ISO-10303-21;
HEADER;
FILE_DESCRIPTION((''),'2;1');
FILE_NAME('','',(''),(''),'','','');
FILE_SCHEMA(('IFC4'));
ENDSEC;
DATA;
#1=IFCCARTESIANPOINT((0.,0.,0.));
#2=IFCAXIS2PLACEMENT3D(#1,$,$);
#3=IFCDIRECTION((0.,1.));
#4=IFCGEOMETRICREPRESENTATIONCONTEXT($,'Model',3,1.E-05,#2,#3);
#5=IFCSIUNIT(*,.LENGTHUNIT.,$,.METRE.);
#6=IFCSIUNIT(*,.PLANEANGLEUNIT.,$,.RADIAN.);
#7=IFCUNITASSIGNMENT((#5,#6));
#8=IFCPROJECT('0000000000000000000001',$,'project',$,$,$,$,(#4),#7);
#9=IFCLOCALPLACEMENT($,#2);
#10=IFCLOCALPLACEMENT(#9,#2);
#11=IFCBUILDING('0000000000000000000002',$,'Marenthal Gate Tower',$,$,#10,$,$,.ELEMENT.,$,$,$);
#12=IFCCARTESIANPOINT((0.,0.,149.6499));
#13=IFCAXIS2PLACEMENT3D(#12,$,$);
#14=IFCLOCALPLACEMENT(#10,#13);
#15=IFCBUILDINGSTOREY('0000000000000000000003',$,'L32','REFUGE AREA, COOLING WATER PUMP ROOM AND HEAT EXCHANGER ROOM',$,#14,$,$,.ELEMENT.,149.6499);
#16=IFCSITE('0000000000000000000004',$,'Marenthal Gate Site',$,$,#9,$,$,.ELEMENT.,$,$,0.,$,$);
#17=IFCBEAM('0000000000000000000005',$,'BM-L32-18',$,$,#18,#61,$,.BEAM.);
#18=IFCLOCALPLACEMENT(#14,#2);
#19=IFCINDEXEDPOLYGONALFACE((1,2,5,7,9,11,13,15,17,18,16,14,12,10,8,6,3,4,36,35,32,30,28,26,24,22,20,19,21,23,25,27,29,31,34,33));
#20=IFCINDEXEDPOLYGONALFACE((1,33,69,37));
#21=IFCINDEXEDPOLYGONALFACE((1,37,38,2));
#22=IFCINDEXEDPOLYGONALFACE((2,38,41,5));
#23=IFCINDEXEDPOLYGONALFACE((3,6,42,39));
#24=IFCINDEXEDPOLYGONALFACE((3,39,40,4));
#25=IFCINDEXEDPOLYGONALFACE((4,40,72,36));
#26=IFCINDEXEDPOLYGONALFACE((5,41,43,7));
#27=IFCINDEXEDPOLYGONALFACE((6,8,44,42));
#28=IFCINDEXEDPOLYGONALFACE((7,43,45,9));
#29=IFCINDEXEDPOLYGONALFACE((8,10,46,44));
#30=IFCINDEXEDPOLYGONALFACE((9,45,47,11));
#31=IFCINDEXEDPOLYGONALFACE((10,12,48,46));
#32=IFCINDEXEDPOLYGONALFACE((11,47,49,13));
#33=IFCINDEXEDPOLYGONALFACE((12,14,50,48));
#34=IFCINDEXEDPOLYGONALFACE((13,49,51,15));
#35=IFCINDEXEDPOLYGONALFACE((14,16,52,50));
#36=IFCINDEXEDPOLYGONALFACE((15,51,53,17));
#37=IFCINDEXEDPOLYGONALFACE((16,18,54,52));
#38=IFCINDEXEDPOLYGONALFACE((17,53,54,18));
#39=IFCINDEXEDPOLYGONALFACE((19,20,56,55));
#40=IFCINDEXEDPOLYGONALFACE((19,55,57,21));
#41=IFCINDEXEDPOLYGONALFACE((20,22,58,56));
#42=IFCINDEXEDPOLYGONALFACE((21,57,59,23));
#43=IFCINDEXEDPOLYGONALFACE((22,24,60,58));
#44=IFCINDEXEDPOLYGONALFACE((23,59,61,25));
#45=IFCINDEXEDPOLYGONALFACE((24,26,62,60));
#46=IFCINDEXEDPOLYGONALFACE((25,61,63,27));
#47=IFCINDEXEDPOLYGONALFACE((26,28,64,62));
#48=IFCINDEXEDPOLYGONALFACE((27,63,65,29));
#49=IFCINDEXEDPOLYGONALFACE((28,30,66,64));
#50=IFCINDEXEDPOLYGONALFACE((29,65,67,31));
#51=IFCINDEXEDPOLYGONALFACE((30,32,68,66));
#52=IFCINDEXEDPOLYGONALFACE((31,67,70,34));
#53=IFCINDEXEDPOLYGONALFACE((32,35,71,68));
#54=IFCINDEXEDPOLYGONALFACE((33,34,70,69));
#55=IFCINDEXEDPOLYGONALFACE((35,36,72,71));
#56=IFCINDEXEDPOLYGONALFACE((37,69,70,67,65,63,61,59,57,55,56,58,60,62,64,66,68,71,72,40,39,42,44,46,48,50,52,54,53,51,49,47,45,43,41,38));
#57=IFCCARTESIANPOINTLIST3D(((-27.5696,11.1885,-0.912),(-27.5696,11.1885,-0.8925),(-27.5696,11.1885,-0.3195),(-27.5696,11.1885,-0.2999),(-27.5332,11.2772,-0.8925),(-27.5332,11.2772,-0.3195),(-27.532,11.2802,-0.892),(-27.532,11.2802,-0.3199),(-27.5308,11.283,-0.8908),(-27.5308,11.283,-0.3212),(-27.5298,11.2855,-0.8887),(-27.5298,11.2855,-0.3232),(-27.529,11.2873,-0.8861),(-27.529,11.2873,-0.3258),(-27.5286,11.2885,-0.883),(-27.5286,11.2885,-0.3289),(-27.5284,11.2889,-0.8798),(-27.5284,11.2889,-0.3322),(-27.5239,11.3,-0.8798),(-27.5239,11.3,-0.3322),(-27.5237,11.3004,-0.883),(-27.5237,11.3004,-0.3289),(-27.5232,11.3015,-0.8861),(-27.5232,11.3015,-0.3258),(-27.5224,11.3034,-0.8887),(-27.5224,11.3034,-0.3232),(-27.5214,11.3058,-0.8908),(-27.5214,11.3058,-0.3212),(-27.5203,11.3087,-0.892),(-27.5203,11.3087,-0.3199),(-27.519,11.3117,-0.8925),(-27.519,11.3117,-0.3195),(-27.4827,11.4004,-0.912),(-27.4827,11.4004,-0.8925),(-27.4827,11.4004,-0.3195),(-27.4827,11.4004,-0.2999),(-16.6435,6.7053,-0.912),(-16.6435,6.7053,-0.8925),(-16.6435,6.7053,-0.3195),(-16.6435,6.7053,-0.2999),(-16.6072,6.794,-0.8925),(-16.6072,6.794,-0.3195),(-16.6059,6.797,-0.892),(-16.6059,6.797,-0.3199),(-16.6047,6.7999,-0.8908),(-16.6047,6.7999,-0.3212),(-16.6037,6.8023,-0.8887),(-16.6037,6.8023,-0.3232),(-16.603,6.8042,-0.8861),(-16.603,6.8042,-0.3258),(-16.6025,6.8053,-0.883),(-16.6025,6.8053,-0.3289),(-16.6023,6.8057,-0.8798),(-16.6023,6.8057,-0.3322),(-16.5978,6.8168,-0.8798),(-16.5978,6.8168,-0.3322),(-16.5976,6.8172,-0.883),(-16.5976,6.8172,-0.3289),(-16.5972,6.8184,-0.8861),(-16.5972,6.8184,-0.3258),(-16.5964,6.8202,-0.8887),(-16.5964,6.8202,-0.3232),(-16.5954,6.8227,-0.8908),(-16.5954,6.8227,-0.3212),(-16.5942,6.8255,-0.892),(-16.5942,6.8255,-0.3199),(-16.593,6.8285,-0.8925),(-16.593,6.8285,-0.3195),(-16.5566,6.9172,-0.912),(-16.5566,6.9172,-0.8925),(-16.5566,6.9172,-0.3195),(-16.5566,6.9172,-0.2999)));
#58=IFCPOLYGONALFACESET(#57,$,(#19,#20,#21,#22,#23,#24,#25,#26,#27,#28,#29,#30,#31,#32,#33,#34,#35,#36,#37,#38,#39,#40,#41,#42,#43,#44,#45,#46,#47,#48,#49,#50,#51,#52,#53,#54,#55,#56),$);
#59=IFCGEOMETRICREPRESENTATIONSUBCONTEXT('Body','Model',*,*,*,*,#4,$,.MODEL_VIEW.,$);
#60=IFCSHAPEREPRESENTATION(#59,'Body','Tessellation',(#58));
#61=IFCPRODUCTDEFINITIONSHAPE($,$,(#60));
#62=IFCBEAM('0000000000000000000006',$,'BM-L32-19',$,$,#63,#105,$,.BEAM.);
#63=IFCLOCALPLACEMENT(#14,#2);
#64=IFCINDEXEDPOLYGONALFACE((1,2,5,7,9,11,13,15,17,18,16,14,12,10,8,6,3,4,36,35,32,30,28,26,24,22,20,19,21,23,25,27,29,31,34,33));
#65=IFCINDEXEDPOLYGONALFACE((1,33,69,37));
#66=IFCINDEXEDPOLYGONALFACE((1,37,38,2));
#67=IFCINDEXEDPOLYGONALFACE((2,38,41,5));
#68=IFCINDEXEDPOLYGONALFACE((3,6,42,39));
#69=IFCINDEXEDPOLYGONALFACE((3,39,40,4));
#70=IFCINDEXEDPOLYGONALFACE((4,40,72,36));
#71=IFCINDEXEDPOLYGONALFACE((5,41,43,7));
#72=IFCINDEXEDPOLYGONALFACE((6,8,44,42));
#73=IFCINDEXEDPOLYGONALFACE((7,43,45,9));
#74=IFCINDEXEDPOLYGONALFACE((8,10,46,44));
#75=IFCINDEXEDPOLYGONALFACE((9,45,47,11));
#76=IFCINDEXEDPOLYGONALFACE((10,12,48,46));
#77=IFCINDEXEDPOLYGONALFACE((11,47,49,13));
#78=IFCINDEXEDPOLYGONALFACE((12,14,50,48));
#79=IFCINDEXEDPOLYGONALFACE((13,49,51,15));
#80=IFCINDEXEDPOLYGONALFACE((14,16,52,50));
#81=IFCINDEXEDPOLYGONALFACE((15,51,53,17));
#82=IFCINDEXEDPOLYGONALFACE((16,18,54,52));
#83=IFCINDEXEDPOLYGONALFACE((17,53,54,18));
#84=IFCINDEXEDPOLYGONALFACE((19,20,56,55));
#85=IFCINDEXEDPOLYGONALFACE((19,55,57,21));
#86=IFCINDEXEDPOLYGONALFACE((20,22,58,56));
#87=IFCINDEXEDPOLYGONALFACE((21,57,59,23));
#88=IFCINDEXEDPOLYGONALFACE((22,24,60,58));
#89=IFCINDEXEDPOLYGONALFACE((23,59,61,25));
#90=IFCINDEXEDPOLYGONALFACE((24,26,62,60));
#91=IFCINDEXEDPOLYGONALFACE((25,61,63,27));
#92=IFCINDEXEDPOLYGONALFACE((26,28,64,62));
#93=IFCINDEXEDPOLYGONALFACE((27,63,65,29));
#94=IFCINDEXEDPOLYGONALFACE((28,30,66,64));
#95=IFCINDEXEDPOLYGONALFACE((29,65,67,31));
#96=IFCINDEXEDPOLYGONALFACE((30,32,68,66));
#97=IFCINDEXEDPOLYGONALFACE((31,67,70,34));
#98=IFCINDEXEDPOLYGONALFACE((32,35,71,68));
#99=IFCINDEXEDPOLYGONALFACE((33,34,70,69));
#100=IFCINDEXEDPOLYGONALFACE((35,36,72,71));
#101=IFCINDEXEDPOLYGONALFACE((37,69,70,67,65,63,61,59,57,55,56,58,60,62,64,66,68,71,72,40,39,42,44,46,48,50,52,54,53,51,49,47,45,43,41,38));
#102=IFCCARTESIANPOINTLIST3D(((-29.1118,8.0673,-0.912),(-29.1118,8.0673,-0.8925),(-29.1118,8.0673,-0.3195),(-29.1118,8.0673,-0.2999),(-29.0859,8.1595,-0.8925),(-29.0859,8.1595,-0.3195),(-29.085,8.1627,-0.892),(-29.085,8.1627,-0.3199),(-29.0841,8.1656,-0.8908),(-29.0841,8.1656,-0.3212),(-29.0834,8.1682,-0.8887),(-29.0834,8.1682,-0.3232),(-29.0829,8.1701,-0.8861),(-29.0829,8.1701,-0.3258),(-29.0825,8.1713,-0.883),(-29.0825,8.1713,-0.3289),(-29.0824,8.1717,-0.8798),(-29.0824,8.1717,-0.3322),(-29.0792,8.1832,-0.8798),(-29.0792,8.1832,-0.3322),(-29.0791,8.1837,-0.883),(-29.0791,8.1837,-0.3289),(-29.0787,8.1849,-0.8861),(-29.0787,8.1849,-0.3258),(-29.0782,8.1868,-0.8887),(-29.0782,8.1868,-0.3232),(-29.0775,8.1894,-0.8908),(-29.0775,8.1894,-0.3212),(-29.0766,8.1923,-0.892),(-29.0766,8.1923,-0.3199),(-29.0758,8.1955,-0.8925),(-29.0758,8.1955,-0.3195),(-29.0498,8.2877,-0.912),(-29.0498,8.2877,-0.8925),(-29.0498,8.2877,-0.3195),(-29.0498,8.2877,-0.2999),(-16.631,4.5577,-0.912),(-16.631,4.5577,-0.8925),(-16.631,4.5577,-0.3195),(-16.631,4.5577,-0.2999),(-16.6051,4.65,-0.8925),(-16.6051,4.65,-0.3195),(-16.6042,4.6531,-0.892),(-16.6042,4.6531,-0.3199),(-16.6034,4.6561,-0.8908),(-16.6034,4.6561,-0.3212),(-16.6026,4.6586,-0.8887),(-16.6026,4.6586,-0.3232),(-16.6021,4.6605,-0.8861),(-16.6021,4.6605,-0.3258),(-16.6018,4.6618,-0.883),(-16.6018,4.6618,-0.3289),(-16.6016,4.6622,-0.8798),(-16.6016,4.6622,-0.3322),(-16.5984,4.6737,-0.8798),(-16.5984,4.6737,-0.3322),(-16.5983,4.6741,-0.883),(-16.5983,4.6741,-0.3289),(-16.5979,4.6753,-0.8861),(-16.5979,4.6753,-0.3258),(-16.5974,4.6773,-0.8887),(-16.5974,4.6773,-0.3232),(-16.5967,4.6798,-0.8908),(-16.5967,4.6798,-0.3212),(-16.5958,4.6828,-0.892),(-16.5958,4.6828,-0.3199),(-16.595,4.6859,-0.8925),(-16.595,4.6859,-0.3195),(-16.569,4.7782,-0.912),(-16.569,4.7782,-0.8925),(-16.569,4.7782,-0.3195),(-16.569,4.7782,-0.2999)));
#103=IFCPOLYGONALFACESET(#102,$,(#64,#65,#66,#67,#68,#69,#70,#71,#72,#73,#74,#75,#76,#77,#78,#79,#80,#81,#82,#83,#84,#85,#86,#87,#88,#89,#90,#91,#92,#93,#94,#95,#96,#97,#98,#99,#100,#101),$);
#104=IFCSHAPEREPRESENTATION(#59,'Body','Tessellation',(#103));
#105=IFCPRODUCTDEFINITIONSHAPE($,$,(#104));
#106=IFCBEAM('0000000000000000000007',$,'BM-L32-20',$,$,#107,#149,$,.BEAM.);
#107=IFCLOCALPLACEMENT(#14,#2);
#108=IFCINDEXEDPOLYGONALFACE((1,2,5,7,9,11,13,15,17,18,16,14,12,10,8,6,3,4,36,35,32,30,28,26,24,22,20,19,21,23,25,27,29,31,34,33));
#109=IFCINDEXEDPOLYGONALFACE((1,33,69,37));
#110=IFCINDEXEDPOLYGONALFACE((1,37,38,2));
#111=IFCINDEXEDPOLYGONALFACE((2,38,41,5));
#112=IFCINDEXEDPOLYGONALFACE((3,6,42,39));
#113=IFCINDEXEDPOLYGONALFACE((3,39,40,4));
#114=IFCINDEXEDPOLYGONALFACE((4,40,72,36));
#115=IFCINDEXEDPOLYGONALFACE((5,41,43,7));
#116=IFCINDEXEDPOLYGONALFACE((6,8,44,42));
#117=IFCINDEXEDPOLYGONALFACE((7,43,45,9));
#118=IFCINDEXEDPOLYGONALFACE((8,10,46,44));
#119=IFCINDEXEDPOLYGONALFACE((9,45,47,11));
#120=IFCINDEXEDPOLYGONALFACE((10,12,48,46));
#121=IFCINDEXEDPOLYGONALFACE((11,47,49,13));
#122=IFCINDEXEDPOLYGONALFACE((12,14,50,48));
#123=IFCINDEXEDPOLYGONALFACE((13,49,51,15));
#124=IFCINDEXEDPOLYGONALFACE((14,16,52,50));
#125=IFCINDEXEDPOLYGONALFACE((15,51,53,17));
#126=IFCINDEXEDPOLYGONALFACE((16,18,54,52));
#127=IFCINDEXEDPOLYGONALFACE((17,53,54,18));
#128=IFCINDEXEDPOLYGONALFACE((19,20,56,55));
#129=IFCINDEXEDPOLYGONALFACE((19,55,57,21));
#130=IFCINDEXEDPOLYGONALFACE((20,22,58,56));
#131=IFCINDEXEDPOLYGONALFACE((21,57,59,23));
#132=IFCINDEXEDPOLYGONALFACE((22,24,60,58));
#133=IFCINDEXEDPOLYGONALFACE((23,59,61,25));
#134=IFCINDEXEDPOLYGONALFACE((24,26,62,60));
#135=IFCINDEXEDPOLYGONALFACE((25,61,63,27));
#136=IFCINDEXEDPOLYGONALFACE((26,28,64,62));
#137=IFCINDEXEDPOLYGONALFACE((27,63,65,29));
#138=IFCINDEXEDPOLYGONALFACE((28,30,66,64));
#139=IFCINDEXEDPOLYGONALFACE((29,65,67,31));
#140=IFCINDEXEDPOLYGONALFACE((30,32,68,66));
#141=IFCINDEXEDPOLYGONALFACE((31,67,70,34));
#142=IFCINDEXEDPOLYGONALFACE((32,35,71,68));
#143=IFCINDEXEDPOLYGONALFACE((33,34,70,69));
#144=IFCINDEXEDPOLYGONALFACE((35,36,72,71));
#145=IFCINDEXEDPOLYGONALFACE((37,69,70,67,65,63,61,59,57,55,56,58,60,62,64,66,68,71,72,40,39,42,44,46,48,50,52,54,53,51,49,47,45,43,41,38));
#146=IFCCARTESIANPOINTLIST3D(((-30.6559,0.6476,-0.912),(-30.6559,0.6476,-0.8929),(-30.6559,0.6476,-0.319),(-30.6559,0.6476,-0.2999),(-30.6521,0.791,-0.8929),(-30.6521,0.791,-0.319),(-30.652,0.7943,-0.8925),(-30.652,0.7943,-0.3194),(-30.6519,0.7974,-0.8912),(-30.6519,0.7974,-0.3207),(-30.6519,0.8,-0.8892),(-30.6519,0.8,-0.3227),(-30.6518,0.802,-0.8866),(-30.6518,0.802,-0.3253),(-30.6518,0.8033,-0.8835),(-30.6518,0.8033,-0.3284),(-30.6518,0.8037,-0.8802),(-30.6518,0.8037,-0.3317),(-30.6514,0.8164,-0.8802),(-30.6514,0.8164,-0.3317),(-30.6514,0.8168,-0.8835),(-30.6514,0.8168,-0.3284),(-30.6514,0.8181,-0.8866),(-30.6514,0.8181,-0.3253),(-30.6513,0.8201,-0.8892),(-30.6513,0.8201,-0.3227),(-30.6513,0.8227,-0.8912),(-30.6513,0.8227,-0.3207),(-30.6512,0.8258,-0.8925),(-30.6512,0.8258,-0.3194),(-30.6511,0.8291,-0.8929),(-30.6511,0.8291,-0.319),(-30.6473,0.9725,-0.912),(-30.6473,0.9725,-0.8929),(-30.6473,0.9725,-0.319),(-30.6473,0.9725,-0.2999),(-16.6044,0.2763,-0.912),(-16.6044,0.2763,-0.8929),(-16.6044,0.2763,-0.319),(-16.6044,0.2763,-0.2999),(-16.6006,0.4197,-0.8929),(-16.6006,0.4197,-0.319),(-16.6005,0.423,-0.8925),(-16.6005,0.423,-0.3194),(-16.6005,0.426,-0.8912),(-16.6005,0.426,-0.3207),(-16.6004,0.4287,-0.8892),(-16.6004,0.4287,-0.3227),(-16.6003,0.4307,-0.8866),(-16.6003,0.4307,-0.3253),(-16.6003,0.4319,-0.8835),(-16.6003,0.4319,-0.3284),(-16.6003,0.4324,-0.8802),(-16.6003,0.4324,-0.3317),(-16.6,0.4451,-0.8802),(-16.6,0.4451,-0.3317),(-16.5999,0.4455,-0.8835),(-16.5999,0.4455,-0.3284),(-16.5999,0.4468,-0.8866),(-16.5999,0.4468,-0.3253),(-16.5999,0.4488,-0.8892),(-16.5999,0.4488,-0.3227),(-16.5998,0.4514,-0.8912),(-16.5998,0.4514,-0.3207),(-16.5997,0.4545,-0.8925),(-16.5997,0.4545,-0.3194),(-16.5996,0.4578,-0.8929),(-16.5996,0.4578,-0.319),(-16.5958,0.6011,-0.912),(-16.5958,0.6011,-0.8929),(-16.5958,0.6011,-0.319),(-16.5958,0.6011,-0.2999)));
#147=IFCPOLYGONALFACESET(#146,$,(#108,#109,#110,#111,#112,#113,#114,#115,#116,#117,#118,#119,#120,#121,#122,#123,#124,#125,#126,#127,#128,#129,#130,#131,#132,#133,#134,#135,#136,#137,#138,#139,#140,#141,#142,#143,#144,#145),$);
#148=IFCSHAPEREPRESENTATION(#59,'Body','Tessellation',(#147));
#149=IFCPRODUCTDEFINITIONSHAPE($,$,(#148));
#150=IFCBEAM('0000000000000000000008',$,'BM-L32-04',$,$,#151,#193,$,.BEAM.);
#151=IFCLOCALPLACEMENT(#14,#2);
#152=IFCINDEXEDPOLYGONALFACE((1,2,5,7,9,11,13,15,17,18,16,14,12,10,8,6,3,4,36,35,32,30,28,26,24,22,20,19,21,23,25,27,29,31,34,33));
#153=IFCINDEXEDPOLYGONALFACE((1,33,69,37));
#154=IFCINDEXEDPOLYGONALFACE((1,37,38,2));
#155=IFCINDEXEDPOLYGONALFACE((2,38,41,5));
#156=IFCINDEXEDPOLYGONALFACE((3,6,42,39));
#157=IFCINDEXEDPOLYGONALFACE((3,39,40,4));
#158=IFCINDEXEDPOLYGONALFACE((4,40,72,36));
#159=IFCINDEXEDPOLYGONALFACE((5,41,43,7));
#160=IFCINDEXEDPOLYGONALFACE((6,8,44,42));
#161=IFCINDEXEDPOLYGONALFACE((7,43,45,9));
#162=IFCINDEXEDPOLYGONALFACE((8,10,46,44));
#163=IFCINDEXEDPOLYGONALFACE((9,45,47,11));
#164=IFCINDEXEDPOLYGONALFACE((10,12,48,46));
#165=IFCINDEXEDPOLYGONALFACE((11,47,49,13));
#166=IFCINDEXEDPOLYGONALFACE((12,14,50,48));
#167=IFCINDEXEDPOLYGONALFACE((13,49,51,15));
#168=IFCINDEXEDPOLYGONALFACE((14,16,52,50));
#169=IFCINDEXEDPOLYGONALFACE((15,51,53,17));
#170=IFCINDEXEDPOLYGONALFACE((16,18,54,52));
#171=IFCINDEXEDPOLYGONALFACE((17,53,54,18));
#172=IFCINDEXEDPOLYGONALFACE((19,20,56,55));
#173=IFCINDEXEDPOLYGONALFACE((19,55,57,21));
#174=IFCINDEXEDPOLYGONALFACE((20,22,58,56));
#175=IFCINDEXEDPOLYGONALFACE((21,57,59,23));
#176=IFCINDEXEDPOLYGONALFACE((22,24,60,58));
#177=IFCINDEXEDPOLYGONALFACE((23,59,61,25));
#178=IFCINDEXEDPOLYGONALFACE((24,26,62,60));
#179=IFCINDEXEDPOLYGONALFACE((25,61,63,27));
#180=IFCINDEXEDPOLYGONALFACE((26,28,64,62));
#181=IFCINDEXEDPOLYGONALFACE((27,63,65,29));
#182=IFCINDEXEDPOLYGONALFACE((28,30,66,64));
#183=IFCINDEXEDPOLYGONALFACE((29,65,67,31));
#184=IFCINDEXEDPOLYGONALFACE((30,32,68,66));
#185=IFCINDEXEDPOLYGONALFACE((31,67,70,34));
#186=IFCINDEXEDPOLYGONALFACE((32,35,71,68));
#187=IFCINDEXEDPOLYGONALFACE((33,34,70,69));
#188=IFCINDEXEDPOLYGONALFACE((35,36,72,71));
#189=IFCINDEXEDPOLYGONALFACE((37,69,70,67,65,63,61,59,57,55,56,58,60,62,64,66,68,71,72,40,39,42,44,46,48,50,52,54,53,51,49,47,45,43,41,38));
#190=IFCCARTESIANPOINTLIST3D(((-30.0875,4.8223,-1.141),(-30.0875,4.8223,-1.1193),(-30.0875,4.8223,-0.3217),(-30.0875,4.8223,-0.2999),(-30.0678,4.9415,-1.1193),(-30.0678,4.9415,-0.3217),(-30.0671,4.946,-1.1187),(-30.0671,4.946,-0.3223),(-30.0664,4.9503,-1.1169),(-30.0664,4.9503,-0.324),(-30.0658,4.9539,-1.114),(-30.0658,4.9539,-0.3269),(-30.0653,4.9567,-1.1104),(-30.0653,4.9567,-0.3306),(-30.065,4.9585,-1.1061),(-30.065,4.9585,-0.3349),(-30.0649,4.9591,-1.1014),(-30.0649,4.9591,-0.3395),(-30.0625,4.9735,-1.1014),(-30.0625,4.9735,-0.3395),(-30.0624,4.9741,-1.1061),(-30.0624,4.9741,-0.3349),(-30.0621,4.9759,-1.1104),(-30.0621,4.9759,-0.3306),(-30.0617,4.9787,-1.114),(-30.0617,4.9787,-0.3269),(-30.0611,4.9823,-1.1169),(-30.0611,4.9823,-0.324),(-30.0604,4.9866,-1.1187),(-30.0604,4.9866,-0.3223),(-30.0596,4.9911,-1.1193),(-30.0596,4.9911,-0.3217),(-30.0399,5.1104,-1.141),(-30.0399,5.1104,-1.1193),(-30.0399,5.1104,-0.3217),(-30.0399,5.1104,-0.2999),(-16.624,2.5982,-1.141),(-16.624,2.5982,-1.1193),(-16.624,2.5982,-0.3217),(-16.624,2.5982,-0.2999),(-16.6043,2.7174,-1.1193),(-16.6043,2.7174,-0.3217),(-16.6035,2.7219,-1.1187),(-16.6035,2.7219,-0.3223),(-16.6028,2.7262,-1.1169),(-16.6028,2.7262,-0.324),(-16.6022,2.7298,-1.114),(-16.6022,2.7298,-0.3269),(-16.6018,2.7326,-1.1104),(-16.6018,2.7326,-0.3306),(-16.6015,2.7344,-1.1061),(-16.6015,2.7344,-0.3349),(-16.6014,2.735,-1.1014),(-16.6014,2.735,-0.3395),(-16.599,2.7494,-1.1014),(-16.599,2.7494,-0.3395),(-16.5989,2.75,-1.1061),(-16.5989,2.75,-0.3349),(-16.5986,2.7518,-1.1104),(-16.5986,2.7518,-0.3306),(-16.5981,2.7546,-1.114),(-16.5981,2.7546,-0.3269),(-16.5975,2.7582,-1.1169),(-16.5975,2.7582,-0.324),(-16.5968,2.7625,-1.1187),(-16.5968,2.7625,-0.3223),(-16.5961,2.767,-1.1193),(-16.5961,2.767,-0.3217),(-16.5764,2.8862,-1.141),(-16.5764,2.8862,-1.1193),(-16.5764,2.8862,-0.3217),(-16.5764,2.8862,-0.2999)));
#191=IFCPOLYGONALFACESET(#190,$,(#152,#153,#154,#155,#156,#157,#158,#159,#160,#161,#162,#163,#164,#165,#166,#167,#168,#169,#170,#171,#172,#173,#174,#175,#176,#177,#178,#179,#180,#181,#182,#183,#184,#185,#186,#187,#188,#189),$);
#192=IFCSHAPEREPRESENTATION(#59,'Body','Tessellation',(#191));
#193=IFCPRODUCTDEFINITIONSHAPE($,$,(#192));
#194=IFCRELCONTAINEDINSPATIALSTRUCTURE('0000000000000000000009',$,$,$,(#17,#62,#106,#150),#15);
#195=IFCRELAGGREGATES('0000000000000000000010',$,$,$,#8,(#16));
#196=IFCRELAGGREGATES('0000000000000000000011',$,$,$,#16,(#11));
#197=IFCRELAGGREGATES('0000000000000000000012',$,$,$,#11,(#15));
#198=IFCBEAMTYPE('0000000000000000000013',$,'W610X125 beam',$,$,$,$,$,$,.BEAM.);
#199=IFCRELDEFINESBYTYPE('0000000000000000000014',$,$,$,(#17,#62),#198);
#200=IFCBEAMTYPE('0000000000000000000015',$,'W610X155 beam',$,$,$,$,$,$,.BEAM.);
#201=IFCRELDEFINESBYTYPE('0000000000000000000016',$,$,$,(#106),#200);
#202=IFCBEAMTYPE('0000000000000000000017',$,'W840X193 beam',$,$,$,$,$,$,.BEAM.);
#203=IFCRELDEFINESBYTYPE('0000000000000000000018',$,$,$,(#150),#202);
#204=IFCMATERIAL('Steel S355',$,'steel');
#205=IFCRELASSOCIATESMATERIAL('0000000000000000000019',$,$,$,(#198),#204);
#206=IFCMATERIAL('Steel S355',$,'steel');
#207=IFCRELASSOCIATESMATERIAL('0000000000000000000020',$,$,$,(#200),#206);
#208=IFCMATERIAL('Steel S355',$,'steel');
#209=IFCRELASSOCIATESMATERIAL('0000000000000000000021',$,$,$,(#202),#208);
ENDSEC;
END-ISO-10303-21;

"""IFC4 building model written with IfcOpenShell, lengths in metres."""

from ifc_helpers import new_model, si_unit, direction, frame, origin, origin_2d, place, context, subcontext, project, spatial, i_section, extrude, material, material_profile, profile_set, type_object, element, save


model = new_model("IFC4")

# Units and contexts
model_context = context("Model", 3, precision=1e-05, world=origin(), true_north=direction((0.0, 1.0)))
body_context = subcontext(model_context, "Body", "Model", "MODEL_VIEW")
ifc_project = project(units=[si_unit("LENGTHUNIT", "METRE"), si_unit("PLANEANGLEUNIT", "RADIAN")], contexts=[model_context])

# Site, building, storey
site_placement = place(None, origin())
site = spatial("IfcSite", under=ifc_project, at=site_placement, Name="Marenthal Gate Site", CompositionType="ELEMENT", RefElevation=0.0)
building_placement = place(site_placement, origin())
building = spatial("IfcBuilding", under=site, at=building_placement, Name="Marenthal Gate Tower", CompositionType="ELEMENT")
storey_placement = place(building_placement, frame((0.0, 0.0, 149.6499)))
storey = spatial("IfcBuildingStorey", under=building, at=storey_placement, Name="L32", Description="REFUGE AREA, COOLING WATER PUMP ROOM AND HEAT EXCHANGER ROOM", CompositionType="ELEMENT", Elevation=149.6499)

# Beams
ifc_material_1 = material(Name="Steel S355", Category="steel")
ifc_material_profile_1 = material_profile(ifc_material_1, i_section(OverallWidth=0.229, OverallDepth=0.6121, WebThickness=0.012, FlangeThickness=0.0195, FilletRadius=0.0127, at=origin_2d()), Name="W610X125")
ifc_profile_set_1 = profile_set([ifc_material_profile_1], Name="Steel S355")
beam_type_1 = type_object("IfcBeamType", Name="W610X125 beam", PredefinedType="BEAM", material=ifc_profile_set_1)
beam_1_placement = place(storey_placement, frame((-27.5261, 11.2944, -0.606), z_axis=(0.925148, -0.379606, 0.0), x_axis=(0.379606, 0.925148, 0.0)))
element("IfcBeam", 1, at=beam_1_placement, inside=storey, type_object=beam_type_1, Name="BM-L32-18", PredefinedType="BEAM", context=body_context, shape_type="SweptSolid", body=[
    extrude(i_section(OverallWidth=0.229, OverallDepth=0.6121, WebThickness=0.012, FlangeThickness=0.0195, FilletRadius=0.0127, at=origin_2d()), origin(), (0.0, 0.0, 1.0), 11.8101),
])
beam_2_placement = place(storey_placement, frame((-29.0808, 8.1775, -0.606), z_axis=(0.962665, -0.270697, 0.0), x_axis=(0.270697, 0.962665, 0.0)))
element("IfcBeam", 2, at=beam_2_placement, inside=storey, type_object=beam_type_1, Name="BM-L32-19", PredefinedType="BEAM", context=body_context, shape_type="SweptSolid", body=[
    extrude(i_section(OverallWidth=0.229, OverallDepth=0.6121, WebThickness=0.012, FlangeThickness=0.0195, FilletRadius=0.0127, at=origin_2d()), origin(), (0.0, 0.0, 1.0), 12.9648),
])
ifc_material_2 = material(Name="Steel S355", Category="steel")
ifc_material_profile_2 = material_profile(ifc_material_2, i_section(OverallWidth=0.325, OverallDepth=0.6121, WebThickness=0.0127, FlangeThickness=0.019, FilletRadius=0.0127, at=origin_2d()), Name="W610X155")
ifc_profile_set_2 = profile_set([ifc_material_profile_2], Name="Steel S355")
beam_type_2 = type_object("IfcBeamType", Name="W610X155 beam", PredefinedType="BEAM", material=ifc_profile_set_2)
beam_3_placement = place(storey_placement, frame((-30.6516, 0.8101, -0.606), z_axis=(0.999651, -0.026418, 0.0), x_axis=(0.026418, 0.999651, 0.0)))
element("IfcBeam", 3, at=beam_3_placement, inside=storey, type_object=beam_type_2, Name="BM-L32-20", PredefinedType="BEAM", context=body_context, shape_type="SweptSolid", body=[
    extrude(i_section(OverallWidth=0.325, OverallDepth=0.6121, WebThickness=0.0127, FlangeThickness=0.019, FilletRadius=0.0127, at=origin_2d()), origin(), (0.0, 0.0, 1.0), 14.0564),
])
ifc_material_3 = material(Name="Steel S355", Category="steel")
ifc_material_profile_3 = material_profile(ifc_material_3, i_section(OverallWidth=0.292, OverallDepth=0.8411, WebThickness=0.0146, FlangeThickness=0.0217, FilletRadius=0.0178, at=origin_2d()), Name="W840X193")
ifc_profile_set_3 = profile_set([ifc_material_profile_3], Name="Steel S355")
beam_type_3 = type_object("IfcBeamType", Name="W840X193 beam", PredefinedType="BEAM", material=ifc_profile_set_3)
beam_4_placement = place(storey_placement, frame((-30.0637, 4.9663, -0.7205), z_axis=(0.986628, -0.162986, 0.0), x_axis=(0.162986, 0.986628, 0.0)))
element("IfcBeam", 4, at=beam_4_placement, inside=storey, type_object=beam_type_3, Name="BM-L32-04", PredefinedType="BEAM", context=body_context, shape_type="SweptSolid", body=[
    extrude(i_section(OverallWidth=0.292, OverallDepth=0.8411, WebThickness=0.0146, FlangeThickness=0.0217, FilletRadius=0.0178, at=origin_2d()), origin(), (0.0, 0.0, 1.0), 13.646),
])

save(model, "model.ifc")
